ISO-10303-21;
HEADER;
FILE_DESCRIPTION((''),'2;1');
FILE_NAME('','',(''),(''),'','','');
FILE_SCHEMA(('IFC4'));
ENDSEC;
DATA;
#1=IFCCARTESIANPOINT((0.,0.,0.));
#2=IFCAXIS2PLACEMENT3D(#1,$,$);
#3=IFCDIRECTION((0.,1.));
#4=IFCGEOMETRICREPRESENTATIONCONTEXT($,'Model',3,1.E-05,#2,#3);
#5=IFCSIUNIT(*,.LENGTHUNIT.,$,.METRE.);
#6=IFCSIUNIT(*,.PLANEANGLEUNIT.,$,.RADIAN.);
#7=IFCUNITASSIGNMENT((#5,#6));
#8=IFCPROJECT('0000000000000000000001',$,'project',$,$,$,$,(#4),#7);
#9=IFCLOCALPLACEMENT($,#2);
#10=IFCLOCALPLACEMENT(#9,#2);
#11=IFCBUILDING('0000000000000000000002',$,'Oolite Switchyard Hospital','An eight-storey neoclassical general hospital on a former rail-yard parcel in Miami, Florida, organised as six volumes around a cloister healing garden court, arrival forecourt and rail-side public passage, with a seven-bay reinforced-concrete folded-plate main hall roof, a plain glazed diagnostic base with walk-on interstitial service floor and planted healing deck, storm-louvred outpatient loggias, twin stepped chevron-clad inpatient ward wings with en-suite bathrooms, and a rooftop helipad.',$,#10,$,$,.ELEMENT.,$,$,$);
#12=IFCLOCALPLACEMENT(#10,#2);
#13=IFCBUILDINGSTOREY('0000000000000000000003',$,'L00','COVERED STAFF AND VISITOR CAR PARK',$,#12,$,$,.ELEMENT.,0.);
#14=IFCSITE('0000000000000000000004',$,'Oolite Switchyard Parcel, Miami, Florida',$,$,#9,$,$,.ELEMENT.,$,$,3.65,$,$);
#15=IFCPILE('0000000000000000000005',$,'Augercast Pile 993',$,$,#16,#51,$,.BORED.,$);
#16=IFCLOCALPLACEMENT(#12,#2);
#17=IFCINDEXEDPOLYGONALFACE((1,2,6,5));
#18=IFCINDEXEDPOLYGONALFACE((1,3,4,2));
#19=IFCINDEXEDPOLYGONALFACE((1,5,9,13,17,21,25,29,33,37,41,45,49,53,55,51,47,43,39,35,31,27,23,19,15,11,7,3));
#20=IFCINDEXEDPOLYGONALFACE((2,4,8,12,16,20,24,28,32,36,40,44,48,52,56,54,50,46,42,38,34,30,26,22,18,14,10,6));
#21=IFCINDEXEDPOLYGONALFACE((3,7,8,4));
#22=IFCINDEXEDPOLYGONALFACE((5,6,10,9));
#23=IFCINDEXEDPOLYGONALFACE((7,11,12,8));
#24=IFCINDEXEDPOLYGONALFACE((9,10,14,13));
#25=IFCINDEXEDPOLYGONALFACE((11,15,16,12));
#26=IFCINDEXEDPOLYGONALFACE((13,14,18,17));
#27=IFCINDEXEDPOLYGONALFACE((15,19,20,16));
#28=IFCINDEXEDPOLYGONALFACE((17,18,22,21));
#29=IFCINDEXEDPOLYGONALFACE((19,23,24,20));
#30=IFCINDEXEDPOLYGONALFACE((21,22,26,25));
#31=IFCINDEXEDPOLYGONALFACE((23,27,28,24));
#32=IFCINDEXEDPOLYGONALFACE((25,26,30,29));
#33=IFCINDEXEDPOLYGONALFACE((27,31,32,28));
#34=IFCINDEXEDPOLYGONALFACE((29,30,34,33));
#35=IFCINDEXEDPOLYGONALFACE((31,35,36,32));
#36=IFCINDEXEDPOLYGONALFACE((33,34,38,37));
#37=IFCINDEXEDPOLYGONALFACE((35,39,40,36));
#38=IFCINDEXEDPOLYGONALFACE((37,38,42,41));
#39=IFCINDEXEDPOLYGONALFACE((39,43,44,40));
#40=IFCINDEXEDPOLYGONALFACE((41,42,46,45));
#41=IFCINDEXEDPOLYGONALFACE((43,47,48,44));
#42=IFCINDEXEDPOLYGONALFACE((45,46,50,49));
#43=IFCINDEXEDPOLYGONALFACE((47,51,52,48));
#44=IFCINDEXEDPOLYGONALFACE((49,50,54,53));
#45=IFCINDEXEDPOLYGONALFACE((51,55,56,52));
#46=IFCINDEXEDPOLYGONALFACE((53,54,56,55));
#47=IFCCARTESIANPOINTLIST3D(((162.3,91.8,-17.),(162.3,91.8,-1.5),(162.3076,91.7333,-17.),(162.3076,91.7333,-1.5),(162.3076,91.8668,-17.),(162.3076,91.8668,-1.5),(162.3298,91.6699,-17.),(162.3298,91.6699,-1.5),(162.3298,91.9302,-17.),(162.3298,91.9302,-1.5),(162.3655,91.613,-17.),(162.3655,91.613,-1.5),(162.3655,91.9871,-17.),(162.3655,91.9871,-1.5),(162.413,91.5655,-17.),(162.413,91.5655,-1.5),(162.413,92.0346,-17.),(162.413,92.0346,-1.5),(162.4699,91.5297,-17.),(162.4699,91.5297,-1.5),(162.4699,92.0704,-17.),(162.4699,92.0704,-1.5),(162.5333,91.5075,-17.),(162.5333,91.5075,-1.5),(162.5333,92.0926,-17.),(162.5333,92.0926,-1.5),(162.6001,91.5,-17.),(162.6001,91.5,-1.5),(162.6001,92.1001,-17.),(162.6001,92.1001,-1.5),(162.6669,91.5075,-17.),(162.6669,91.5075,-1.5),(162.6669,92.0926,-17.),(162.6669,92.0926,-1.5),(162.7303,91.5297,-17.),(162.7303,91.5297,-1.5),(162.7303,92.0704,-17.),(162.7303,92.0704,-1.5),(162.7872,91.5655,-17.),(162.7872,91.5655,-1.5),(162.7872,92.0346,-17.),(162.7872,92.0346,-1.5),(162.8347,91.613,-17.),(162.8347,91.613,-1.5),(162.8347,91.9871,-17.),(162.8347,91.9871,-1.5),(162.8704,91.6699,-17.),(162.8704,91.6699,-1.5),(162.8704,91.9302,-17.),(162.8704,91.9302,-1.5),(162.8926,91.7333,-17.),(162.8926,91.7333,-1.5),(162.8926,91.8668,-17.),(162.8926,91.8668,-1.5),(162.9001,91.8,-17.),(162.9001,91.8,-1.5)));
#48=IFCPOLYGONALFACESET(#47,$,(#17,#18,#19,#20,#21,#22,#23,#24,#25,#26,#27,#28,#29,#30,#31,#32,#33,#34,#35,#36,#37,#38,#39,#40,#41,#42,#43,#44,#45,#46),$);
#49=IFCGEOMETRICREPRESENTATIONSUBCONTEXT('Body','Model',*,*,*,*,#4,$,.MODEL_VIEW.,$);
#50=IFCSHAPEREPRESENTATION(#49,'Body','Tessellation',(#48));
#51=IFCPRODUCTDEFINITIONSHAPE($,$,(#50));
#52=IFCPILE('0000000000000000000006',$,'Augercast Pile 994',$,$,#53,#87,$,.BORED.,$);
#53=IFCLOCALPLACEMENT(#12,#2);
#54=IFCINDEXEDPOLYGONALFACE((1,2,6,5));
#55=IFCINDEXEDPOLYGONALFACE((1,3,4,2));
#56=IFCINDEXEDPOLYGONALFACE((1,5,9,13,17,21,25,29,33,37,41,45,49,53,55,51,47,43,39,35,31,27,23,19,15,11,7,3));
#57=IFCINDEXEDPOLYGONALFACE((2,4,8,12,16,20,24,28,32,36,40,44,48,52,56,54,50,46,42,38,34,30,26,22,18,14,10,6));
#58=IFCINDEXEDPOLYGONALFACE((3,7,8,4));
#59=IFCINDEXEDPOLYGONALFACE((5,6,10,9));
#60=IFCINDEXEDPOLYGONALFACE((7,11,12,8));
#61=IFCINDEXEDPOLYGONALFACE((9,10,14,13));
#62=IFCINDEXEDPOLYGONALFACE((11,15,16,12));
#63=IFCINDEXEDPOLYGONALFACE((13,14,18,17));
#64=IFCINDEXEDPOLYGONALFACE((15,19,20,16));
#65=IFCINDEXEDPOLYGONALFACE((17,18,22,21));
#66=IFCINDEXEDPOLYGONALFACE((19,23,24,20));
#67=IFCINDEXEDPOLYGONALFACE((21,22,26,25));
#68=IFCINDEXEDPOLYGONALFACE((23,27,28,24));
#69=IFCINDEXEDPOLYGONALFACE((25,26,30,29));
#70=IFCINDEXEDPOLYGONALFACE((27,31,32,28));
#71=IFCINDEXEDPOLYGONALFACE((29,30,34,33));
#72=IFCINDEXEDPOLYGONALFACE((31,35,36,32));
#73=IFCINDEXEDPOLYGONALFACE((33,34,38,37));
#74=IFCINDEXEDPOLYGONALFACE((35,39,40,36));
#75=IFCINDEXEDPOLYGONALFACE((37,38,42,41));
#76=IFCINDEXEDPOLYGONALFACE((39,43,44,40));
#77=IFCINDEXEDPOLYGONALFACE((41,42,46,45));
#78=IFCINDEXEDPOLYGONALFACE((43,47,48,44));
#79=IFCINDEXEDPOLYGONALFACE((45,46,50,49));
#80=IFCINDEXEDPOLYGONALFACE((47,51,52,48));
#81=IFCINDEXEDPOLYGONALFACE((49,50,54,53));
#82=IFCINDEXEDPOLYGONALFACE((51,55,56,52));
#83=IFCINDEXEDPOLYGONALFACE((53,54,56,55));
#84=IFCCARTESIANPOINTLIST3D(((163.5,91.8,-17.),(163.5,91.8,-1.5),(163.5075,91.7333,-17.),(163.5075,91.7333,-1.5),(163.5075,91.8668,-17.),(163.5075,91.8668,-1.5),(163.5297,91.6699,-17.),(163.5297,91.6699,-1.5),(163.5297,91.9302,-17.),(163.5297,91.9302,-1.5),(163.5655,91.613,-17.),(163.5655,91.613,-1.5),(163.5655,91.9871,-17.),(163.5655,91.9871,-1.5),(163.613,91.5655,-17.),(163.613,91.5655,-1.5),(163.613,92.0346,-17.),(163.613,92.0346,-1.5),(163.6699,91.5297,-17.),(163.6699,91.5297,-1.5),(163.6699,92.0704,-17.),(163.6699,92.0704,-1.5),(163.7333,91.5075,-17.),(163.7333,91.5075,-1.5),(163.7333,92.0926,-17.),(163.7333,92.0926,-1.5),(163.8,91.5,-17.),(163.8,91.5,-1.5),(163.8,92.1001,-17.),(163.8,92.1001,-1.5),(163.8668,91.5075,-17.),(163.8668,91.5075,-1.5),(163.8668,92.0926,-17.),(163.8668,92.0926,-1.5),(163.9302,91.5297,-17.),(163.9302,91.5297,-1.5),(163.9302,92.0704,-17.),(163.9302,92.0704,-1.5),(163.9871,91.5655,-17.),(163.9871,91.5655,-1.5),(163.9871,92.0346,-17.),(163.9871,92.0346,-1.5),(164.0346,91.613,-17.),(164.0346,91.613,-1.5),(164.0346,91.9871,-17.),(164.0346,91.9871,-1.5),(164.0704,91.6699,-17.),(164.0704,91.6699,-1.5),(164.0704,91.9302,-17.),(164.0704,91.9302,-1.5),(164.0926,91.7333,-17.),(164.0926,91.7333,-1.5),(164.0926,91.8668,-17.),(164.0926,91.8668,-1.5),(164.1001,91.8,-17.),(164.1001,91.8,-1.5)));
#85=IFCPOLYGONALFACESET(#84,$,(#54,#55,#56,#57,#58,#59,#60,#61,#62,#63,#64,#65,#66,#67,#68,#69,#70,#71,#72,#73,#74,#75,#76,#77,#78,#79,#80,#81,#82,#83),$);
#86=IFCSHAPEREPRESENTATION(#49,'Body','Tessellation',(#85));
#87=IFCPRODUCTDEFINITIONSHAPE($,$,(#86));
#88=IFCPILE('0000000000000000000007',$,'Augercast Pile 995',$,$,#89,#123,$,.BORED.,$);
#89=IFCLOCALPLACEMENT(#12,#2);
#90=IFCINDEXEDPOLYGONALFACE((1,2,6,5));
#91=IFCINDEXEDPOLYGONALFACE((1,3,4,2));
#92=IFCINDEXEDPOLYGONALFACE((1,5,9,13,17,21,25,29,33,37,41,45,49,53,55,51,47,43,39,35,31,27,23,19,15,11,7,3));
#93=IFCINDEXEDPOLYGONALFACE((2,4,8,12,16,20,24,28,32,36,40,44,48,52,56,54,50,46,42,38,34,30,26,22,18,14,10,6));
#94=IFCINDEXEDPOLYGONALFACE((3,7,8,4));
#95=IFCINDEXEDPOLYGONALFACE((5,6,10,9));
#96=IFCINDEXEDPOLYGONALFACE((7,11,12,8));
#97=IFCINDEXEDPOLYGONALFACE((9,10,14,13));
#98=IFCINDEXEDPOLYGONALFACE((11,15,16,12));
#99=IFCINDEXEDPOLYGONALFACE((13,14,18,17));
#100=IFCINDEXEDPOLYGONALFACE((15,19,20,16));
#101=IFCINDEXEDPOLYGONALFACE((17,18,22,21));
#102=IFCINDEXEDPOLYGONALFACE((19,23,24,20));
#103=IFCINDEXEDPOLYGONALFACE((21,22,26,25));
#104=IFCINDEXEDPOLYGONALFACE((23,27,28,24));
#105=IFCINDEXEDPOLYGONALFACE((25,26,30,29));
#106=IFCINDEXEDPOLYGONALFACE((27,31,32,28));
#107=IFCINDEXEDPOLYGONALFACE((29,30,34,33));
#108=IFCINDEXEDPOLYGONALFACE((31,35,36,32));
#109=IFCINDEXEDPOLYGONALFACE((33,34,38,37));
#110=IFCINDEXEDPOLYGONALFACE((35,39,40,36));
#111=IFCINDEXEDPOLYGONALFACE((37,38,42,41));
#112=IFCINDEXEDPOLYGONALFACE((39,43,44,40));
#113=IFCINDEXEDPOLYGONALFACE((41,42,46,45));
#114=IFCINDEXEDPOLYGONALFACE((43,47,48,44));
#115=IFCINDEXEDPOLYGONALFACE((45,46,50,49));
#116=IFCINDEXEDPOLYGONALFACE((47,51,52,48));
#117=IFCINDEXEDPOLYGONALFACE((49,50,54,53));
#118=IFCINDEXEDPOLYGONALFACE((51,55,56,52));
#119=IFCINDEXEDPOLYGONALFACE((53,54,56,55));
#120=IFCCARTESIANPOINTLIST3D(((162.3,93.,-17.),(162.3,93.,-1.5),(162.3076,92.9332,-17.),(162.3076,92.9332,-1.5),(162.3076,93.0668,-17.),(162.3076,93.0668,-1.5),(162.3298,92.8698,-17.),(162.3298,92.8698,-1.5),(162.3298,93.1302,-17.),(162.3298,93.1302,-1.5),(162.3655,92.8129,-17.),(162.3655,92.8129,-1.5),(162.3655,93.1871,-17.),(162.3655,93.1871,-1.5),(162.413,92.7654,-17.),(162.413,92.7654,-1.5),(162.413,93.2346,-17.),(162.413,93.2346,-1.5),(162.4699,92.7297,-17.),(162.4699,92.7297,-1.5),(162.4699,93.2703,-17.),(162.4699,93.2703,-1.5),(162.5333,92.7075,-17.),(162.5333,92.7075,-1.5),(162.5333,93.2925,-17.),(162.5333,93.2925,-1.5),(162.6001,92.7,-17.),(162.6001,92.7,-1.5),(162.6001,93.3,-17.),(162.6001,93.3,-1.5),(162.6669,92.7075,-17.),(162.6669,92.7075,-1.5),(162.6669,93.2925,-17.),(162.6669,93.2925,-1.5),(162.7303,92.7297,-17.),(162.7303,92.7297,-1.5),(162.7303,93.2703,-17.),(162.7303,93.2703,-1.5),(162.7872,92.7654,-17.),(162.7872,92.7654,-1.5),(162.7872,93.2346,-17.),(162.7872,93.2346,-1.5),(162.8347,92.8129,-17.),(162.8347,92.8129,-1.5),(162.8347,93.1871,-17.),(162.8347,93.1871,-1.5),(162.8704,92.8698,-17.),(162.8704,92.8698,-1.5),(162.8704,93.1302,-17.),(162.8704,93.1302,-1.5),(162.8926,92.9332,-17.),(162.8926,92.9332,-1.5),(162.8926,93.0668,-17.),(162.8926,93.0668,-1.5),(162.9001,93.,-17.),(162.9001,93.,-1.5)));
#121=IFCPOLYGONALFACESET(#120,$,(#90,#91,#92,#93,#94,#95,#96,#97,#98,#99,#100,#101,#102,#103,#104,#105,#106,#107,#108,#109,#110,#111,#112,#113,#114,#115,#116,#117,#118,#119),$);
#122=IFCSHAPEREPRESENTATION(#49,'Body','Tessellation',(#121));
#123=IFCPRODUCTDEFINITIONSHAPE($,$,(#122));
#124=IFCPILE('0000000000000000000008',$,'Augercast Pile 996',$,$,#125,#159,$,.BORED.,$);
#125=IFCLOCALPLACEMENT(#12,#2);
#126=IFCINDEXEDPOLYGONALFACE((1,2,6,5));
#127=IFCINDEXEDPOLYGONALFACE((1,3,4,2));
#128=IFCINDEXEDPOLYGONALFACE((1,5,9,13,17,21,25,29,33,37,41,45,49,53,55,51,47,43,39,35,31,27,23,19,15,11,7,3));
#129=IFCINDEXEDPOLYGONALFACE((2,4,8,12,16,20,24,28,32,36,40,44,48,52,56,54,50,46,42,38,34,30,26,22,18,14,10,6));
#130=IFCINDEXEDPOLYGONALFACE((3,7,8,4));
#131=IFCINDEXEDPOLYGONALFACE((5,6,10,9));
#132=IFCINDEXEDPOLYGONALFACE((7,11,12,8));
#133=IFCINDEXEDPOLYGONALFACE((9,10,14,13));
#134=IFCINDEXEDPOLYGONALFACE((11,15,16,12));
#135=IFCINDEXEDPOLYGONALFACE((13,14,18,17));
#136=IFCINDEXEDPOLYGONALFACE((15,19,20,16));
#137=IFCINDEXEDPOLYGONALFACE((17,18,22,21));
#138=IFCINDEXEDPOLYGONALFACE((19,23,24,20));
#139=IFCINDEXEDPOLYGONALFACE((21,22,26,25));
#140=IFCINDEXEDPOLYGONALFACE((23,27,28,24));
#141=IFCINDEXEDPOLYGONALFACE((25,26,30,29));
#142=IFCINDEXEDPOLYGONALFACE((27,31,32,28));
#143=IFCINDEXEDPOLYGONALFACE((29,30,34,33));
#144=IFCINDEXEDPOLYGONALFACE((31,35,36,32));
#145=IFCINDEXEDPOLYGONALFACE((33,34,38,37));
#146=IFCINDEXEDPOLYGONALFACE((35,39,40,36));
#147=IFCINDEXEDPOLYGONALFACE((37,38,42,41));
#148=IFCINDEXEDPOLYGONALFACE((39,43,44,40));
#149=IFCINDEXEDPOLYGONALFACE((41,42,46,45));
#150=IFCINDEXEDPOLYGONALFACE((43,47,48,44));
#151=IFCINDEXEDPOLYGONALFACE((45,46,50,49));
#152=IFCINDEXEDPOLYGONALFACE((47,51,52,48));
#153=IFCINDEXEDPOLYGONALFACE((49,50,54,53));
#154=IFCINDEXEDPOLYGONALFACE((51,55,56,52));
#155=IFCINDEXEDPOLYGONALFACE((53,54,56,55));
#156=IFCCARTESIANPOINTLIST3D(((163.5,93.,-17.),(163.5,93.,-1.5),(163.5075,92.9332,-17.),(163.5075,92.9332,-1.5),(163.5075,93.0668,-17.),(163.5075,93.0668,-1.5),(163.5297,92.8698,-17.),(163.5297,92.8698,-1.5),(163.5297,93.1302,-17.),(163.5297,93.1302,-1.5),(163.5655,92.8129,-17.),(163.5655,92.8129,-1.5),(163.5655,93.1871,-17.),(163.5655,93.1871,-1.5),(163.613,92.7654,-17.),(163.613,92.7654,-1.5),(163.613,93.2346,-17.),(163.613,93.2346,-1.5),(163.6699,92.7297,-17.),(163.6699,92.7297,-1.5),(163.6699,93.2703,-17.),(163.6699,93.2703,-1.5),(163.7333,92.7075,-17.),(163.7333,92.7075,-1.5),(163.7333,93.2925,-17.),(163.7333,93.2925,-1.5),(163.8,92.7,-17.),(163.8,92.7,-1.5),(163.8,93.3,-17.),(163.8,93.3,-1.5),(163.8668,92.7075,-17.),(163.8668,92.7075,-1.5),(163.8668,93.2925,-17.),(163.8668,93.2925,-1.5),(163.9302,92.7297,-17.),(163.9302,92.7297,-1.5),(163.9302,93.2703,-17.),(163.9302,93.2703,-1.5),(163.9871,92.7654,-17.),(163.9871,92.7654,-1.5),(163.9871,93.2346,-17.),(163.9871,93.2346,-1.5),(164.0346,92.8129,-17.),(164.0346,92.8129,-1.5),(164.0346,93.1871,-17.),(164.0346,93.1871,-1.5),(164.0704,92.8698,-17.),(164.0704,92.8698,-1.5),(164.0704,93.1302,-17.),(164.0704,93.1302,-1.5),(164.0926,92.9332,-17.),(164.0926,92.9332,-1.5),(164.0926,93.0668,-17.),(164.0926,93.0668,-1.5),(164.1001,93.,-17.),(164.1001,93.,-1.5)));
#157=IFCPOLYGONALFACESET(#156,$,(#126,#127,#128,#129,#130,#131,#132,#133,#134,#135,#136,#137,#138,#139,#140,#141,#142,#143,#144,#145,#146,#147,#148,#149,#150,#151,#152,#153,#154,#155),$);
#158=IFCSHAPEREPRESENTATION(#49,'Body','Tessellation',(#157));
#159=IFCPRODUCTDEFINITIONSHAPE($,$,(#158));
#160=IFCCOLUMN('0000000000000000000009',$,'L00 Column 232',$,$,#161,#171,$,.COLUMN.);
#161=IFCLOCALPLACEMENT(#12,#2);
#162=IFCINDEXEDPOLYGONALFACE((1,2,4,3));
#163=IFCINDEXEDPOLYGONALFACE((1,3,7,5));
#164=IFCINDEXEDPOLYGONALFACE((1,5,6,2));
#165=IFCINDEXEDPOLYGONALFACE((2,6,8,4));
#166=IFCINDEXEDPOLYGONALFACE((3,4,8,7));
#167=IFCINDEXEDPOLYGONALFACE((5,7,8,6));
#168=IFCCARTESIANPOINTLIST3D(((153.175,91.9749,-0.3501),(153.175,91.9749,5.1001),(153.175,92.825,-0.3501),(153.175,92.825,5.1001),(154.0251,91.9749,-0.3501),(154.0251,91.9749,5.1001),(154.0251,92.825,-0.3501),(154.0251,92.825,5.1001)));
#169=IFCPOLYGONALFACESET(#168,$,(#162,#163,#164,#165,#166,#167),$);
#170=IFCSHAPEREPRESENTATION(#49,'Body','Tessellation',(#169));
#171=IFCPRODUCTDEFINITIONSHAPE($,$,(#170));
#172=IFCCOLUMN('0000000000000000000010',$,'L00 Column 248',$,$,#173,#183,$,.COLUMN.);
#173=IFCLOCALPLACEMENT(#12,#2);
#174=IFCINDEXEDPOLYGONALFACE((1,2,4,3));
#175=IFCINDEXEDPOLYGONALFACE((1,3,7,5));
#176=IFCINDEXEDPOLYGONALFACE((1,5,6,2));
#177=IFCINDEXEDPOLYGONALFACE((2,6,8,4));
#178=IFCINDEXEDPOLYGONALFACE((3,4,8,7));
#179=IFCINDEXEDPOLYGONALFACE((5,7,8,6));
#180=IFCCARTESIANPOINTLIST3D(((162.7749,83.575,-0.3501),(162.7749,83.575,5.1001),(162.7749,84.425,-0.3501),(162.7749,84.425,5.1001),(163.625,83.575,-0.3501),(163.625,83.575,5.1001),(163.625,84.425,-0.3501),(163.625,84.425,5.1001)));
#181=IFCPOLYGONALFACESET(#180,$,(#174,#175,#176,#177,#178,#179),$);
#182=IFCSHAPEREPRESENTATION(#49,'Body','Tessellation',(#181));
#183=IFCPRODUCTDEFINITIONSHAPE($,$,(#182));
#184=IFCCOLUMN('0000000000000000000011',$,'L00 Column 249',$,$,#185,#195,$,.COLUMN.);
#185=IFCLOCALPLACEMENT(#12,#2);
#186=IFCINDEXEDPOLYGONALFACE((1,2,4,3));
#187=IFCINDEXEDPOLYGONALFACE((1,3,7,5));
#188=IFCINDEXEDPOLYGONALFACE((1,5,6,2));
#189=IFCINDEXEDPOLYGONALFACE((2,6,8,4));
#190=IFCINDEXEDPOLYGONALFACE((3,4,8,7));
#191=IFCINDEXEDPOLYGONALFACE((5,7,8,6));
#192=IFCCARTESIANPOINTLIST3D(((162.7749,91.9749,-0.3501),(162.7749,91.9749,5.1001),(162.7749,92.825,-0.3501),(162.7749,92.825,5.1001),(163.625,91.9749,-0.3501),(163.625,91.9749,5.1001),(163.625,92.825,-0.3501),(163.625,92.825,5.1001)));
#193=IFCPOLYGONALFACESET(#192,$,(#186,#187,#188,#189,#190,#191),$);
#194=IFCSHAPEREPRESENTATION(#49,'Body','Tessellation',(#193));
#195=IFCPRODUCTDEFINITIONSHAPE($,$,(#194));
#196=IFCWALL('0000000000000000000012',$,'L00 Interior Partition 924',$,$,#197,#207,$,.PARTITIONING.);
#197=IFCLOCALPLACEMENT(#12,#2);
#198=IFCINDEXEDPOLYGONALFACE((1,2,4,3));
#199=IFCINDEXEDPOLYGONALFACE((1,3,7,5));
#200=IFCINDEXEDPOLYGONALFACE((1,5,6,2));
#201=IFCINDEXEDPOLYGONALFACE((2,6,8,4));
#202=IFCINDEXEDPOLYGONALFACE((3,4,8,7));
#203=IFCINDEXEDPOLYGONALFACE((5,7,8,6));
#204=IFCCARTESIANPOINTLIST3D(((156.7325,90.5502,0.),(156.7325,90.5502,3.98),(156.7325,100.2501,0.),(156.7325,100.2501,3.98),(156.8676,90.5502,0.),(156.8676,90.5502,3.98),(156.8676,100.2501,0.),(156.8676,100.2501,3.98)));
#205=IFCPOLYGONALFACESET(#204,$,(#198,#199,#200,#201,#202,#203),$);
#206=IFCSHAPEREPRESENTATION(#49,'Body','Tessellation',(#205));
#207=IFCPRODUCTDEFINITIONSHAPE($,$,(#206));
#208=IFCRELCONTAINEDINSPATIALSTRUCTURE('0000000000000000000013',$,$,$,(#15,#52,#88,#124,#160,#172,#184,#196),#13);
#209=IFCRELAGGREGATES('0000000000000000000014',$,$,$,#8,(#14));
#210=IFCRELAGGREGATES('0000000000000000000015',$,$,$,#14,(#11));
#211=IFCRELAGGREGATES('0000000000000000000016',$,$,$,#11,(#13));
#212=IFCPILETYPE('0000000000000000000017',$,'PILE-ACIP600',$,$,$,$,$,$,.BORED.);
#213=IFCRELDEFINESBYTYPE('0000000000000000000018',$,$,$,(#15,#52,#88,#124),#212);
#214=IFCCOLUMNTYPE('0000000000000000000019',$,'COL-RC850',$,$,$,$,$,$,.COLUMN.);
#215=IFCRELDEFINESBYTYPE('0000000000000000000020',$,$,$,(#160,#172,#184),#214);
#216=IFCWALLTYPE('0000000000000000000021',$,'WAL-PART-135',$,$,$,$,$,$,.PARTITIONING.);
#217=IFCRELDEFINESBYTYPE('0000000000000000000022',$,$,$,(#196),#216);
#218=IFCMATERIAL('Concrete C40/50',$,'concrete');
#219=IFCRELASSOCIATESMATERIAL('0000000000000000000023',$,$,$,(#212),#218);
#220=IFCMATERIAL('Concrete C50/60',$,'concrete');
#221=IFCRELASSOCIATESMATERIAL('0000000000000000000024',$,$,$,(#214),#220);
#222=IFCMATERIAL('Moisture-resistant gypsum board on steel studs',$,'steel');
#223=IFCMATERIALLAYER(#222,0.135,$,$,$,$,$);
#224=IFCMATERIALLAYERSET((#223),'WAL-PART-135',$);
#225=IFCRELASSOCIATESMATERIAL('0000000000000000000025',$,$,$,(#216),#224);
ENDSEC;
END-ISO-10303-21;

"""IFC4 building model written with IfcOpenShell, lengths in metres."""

from ifc_helpers import new_model, si_unit, direction, frame, frame_2d, origin, origin_2d, place, context, subcontext, project, spatial, rectangle, circle, extrude, material, layer, layer_set, material_profile, profile_set, type_object, element, save


model = new_model("IFC4")

# Units and contexts
model_context = context("Model", 3, precision=1e-05, world=origin(), true_north=direction((0.0, 1.0)))
body_context = subcontext(model_context, "Body", "Model", "MODEL_VIEW")
ifc_project = project(units=[si_unit("LENGTHUNIT", "METRE"), si_unit("PLANEANGLEUNIT", "RADIAN")], contexts=[model_context])

# Site, building, storey
site_placement = place(None, origin())
site = spatial("IfcSite", under=ifc_project, at=site_placement, Name="Oolite Switchyard Parcel, Miami, Florida", CompositionType="ELEMENT", RefElevation=3.65)
building_placement = place(site_placement, origin())
building = spatial("IfcBuilding", under=site, at=building_placement, Name="Oolite Switchyard Hospital", Description="An eight-storey neoclassical general hospital on a former rail-yard parcel in Miami, Florida, organised as six volumes around a cloister healing garden court, arrival forecourt and rail-side public passage, with a seven-bay reinforced-concrete folded-plate main hall roof, a plain glazed diagnostic base with walk-on interstitial service floor and planted healing deck, storm-louvred outpatient loggias, twin stepped chevron-clad inpatient ward wings with en-suite bathrooms, and a rooftop helipad.", CompositionType="ELEMENT")
storey_placement = place(building_placement, origin())
storey = spatial("IfcBuildingStorey", under=building, at=storey_placement, Name="L00", Description="COVERED STAFF AND VISITOR CAR PARK", CompositionType="ELEMENT", Elevation=0.0)

# Shared definitions
ifc_material_1 = material(Name="Concrete C40/50", Category="concrete")

# Piles
ifc_material_profile_1 = material_profile(ifc_material_1, circle(Radius=0.3, at=origin_2d()), Name="PILE600")
ifc_profile_set_1 = profile_set([ifc_material_profile_1], Name="Concrete C40/50")
pile_type = type_object("IfcPileType", Name="PILE-ACIP600", PredefinedType="BORED", material=ifc_profile_set_1)
for number, where, z_axis, x_axis, name in (
    (1, (162.6001, 91.8, -1.5), (0.0, 0.0, -1.0), (1.0, 0.0, 0.0), "Augercast Pile 993"),
    (2, (163.8, 91.8, -1.5), (0.0, 0.0, -1.0), (1.0, 0.0, 0.0), "Augercast Pile 994"),
    (3, (162.6001, 93.0, -1.5), (0.0, 0.0, -1.0), (1.0, 0.0, 0.0), "Augercast Pile 995"),
    (4, (163.8, 93.0, -1.5), (0.0, 0.0, -1.0), (1.0, 0.0, 0.0), "Augercast Pile 996"),
):
    element("IfcPile", number, at=place(storey_placement, frame(where, z_axis=z_axis, x_axis=x_axis)), inside=storey, type_object=pile_type, Name=name, PredefinedType="BORED", context=body_context, shape_type="SweptSolid", body=[
        extrude(circle(Radius=0.3, at=origin_2d()), origin(), (0.0, 0.0, 1.0), 15.5),
    ])

# Columns
ifc_material_2 = material(Name="Concrete C50/60", Category="concrete")
ifc_material_profile_2 = material_profile(ifc_material_2, rectangle(XDim=0.8501, YDim=0.8501, at=origin_2d()), Name="RC850X850")
ifc_profile_set_2 = profile_set([ifc_material_profile_2], Name="Concrete C50/60")
column_type = type_object("IfcColumnType", Name="COL-RC850", PredefinedType="COLUMN", material=ifc_profile_set_2)
for number, where, z_axis, x_axis, name in (
    (5, (153.6001, 92.3999, -0.3501), (0.0, 0.0, 1.0), (1.0, 0.0, 0.0), "L00 Column 232"),
    (6, (163.2, 84.0, -0.3501), (0.0, 0.0, 1.0), (1.0, 0.0, 0.0), "L00 Column 248"),
    (7, (163.2, 92.3999, -0.3501), (0.0, 0.0, 1.0), (1.0, 0.0, 0.0), "L00 Column 249"),
):
    element("IfcColumn", number, at=place(storey_placement, frame(where, z_axis=z_axis, x_axis=x_axis)), inside=storey, type_object=column_type, Name=name, PredefinedType="COLUMN", context=body_context, shape_type="SweptSolid", body=[
        extrude(rectangle(XDim=0.8501, YDim=0.8501, at=origin_2d()), origin(), (0.0, 0.0, 1.0), 5.4502),
    ])

# Wall
ifc_material_3 = material(Name="Moisture-resistant gypsum board on steel studs", Category="steel")
ifc_layer_1 = layer(ifc_material_3, 0.135)
ifc_layer_set_1 = layer_set([ifc_layer_1], Name="WAL-PART-135")
wall_type_1 = type_object("IfcWallType", Name="WAL-PART-135", PredefinedType="PARTITIONING", material=ifc_layer_set_1)
wall_1_placement = place(storey_placement, frame((156.8, 90.55, 0.0), z_axis=(0.0, 0.0, 1.0), x_axis=(0.0, 1.0, 0.0)))
element("IfcWall", 8, at=wall_1_placement, inside=storey, type_object=wall_type_1, Name="L00 Interior Partition 924", PredefinedType="PARTITIONING", context=body_context, shape_type="SweptSolid", body=[
    extrude(rectangle(XDim=9.7, YDim=0.135, at=frame_2d((4.8501, 0.0))), origin(), (0.0, 0.0, 1.0), 3.98),
])

save(model, "model.ifc")
